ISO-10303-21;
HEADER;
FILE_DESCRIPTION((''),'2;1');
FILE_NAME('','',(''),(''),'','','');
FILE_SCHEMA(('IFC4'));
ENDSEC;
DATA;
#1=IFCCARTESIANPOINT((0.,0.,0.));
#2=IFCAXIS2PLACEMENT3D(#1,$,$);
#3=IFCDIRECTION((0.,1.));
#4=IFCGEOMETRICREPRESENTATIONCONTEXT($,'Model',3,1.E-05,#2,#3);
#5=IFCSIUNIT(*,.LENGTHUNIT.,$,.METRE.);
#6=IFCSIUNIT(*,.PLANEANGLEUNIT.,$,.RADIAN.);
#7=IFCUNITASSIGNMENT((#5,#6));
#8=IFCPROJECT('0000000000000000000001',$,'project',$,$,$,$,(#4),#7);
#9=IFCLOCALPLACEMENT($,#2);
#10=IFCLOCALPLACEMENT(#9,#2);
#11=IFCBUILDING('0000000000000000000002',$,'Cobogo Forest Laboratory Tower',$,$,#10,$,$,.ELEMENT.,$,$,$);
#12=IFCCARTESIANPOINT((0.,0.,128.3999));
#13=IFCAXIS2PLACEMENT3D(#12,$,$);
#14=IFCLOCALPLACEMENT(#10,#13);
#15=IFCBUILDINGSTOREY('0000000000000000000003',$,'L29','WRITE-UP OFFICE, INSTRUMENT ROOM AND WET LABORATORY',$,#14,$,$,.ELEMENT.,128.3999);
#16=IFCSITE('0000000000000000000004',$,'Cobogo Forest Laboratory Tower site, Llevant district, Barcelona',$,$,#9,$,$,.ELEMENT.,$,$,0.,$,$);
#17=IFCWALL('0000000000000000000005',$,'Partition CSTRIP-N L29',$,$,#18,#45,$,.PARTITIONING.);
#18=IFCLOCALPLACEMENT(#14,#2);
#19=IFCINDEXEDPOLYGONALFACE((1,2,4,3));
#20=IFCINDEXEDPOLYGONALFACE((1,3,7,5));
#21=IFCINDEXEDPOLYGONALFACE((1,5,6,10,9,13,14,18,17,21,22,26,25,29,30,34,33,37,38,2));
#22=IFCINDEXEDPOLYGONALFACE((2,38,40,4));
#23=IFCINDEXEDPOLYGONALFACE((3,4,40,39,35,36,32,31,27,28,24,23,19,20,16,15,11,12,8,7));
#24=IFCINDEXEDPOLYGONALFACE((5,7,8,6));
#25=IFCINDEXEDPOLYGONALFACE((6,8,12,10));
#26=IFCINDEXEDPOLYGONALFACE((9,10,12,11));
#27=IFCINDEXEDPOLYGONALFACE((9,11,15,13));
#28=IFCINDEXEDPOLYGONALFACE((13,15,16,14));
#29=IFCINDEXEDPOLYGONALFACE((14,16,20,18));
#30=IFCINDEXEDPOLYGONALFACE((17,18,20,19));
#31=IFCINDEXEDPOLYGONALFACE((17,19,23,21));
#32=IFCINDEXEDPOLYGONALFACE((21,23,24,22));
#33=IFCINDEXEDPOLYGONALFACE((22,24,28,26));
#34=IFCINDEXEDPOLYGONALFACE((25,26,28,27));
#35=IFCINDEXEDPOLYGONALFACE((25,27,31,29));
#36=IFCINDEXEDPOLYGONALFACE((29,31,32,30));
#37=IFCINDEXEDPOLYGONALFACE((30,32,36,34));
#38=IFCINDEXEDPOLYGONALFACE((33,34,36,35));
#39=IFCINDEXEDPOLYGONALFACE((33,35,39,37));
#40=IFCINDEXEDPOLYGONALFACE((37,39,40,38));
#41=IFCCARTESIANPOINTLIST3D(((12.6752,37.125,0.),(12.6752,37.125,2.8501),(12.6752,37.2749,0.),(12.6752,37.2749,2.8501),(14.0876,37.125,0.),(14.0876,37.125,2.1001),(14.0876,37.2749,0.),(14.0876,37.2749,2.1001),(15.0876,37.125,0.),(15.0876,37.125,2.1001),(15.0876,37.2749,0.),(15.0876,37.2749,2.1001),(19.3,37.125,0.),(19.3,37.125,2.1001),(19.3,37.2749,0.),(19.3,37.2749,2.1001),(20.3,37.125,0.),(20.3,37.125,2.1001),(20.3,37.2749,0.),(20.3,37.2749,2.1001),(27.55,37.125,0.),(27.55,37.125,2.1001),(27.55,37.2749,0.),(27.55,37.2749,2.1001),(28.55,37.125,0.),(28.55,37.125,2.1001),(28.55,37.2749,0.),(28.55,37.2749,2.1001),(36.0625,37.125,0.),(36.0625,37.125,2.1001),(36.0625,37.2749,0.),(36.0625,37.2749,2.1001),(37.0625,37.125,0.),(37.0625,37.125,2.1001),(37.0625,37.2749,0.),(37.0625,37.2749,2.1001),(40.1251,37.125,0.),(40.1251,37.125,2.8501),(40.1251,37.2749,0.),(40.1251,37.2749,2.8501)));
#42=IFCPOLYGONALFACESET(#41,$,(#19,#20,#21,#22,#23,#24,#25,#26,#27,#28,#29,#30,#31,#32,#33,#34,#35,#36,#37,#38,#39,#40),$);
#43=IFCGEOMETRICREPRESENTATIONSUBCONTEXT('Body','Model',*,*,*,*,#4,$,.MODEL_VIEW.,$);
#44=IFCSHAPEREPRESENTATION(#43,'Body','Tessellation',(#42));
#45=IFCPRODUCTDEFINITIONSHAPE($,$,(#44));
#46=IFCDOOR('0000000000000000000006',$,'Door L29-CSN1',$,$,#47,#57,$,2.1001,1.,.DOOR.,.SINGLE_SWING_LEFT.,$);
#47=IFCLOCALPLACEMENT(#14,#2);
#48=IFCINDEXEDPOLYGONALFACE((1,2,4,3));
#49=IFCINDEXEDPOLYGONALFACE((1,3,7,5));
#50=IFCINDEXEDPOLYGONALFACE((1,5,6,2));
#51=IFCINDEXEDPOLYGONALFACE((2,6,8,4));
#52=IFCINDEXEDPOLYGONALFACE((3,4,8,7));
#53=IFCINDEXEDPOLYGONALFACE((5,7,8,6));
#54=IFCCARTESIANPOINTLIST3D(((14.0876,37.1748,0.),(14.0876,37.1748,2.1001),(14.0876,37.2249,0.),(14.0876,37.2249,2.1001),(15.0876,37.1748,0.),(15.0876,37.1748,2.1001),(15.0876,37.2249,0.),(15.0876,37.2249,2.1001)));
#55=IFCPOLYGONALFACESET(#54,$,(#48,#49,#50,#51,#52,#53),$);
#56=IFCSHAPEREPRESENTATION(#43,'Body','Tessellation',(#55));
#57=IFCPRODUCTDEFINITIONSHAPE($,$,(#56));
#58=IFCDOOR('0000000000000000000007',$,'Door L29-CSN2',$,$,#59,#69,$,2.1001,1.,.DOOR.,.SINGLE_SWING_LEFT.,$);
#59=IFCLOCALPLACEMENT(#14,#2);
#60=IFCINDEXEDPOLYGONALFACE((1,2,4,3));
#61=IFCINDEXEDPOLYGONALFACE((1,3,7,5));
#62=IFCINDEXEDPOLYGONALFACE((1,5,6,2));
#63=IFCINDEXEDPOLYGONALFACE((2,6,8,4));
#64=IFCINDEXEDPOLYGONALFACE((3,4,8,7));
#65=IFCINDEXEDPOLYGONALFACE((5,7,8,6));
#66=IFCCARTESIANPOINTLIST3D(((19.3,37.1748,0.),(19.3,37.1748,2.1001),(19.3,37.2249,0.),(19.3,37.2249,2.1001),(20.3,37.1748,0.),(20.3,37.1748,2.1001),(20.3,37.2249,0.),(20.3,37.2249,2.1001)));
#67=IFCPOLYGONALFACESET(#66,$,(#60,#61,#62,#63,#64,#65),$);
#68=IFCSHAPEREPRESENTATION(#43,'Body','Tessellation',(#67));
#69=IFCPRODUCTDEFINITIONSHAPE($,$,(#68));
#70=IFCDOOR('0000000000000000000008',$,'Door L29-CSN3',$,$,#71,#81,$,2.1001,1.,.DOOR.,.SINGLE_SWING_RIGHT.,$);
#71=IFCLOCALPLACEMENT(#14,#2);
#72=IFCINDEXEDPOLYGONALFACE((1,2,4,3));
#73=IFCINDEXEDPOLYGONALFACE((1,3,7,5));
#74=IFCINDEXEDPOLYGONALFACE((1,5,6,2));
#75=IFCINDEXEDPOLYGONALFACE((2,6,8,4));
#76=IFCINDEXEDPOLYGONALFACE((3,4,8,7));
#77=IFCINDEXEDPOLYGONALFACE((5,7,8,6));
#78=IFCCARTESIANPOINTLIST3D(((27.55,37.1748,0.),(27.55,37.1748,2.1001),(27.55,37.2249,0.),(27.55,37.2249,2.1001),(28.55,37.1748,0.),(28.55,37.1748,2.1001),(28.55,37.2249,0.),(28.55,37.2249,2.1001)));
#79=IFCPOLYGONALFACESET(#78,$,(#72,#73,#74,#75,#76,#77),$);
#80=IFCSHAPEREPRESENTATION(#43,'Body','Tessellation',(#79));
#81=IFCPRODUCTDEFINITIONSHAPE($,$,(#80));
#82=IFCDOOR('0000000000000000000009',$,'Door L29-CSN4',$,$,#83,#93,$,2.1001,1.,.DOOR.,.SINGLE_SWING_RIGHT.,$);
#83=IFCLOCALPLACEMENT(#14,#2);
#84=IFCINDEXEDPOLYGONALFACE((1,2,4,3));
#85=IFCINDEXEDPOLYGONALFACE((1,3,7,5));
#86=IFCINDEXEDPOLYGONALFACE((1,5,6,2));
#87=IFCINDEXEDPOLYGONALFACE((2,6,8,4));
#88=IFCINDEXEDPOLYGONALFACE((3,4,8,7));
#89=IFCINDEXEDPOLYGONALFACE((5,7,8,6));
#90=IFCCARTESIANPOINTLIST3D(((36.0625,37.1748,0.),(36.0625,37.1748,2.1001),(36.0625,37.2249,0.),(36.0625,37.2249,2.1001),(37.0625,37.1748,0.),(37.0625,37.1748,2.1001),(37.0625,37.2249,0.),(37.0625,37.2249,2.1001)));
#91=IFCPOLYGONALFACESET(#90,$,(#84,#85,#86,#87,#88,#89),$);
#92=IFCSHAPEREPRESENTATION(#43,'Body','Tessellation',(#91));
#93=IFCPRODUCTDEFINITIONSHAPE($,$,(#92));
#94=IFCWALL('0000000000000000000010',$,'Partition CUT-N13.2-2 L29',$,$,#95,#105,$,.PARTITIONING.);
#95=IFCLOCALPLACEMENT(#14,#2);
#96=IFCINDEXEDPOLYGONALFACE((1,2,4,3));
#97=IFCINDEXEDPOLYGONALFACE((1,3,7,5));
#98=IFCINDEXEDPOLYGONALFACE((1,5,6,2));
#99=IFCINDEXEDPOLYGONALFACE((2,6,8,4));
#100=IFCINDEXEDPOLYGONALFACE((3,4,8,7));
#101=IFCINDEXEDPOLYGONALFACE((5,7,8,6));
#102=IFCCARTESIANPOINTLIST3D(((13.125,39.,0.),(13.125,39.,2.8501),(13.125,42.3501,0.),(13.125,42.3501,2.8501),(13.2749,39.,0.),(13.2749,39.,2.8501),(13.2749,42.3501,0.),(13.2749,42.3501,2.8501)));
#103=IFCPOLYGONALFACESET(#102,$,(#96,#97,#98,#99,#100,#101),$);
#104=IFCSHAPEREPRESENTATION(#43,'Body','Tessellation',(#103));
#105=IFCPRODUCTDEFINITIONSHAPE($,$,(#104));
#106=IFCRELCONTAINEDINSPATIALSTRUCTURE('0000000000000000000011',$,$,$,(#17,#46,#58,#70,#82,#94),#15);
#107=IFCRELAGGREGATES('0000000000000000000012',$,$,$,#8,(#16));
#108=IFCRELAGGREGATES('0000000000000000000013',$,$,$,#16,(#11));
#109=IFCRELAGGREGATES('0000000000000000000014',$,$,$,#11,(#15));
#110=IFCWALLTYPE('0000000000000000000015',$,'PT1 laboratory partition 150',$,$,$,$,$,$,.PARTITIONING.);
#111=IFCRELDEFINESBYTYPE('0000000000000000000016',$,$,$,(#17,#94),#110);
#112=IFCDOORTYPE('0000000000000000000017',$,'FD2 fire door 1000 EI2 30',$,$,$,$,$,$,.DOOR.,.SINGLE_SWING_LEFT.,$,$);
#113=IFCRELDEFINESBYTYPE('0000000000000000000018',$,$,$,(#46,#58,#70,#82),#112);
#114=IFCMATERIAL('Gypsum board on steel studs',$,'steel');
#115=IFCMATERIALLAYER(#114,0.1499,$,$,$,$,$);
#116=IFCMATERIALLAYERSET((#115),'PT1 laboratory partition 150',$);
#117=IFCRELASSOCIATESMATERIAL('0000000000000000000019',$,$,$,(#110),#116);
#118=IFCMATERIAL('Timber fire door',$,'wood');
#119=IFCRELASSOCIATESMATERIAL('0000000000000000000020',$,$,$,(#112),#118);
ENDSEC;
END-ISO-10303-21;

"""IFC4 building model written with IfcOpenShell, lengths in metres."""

from ifc_helpers import new_model, si_unit, direction, frame, frame_2d, origin, place, context, subcontext, project, spatial, rectangle, extrude, material, layer, layer_set, type_object, element, fill, save


model = new_model("IFC4")

# Units and contexts
model_context = context("Model", 3, precision=1e-05, world=origin(), true_north=direction((0.0, 1.0)))
body_context = subcontext(model_context, "Body", "Model", "MODEL_VIEW")
ifc_project = project(units=[si_unit("LENGTHUNIT", "METRE"), si_unit("PLANEANGLEUNIT", "RADIAN")], contexts=[model_context])

# Site, building, storey
site_placement = place(None, origin())
site = spatial("IfcSite", under=ifc_project, at=site_placement, Name="Cobogo Forest Laboratory Tower site, Llevant district, Barcelona", CompositionType="ELEMENT", RefElevation=0.0)
building_placement = place(site_placement, origin())
building = spatial("IfcBuilding", under=site, at=building_placement, Name="Cobogo Forest Laboratory Tower", CompositionType="ELEMENT")
storey_placement = place(building_placement, frame((0.0, 0.0, 128.3999)))
storey = spatial("IfcBuildingStorey", under=building, at=storey_placement, Name="L29", Description="WRITE-UP OFFICE, INSTRUMENT ROOM AND WET LABORATORY", CompositionType="ELEMENT", Elevation=128.3999)

# Wall, openings, doors
ifc_material_1 = material(Name="Gypsum board on steel studs", Category="steel")
ifc_layer_1 = layer(ifc_material_1, 0.1499)
ifc_layer_set_1 = layer_set([ifc_layer_1], Name="PT1 laboratory partition 150")
wall_type_1 = type_object("IfcWallType", Name="PT1 laboratory partition 150", PredefinedType="PARTITIONING", material=ifc_layer_set_1)
wall_1_placement = place(storey_placement, frame((12.675, 37.2, 0.0), z_axis=(0.0, 0.0, 1.0), x_axis=(1.0, 0.0, 0.0)))
wall_1 = element("IfcWall", 1, at=wall_1_placement, inside=storey, type_object=wall_type_1, Name="Partition CSTRIP-N L29", PredefinedType="PARTITIONING", context=body_context, shape_type="SweptSolid", body=[
    extrude(rectangle(XDim=27.45, YDim=0.1499, at=frame_2d((13.7251, 0.0))), origin(), (0.0, 0.0, 1.0), 2.8501),
])
opening_1_placement = place(wall_1_placement, frame((1.4126, 0.0, 0.0)))
opening_1 = element("IfcOpeningElement", 2, at=opening_1_placement, cuts=wall_1, PredefinedType="OPENING", context=body_context, shape_type="SweptSolid", body=[
    extrude(rectangle(XDim=1.0, YDim=2.1001, at=frame_2d((0.5, 1.05))), frame((0.0, 0.085, 0.0), z_axis=(0.0, -1.0, 0.0), x_axis=(1.0, 0.0, 0.0)), (0.0, 0.0, 1.0), 0.1699),
])
opening_2_placement = place(wall_1_placement, frame((6.625, 0.0, 0.0)))
opening_2 = element("IfcOpeningElement", 3, at=opening_2_placement, cuts=wall_1, PredefinedType="OPENING", context=body_context, shape_type="SweptSolid", body=[
    extrude(rectangle(XDim=1.0, YDim=2.1001, at=frame_2d((0.5, 1.05))), frame((0.0, 0.085, 0.0), z_axis=(0.0, -1.0, 0.0), x_axis=(1.0, 0.0, 0.0)), (0.0, 0.0, 1.0), 0.1699),
])
opening_3_placement = place(wall_1_placement, frame((14.875, 0.0, 0.0)))
opening_3 = element("IfcOpeningElement", 4, at=opening_3_placement, cuts=wall_1, PredefinedType="OPENING", context=body_context, shape_type="SweptSolid", body=[
    extrude(rectangle(XDim=1.0, YDim=2.1001, at=frame_2d((0.5, 1.05))), frame((0.0, 0.085, 0.0), z_axis=(0.0, -1.0, 0.0), x_axis=(1.0, 0.0, 0.0)), (0.0, 0.0, 1.0), 0.1699),
])
opening_4_placement = place(wall_1_placement, frame((23.3875, 0.0, 0.0)))
opening_4 = element("IfcOpeningElement", 5, at=opening_4_placement, cuts=wall_1, PredefinedType="OPENING", context=body_context, shape_type="SweptSolid", body=[
    extrude(rectangle(XDim=1.0, YDim=2.1001, at=frame_2d((0.5, 1.05))), frame((0.0, 0.085, 0.0), z_axis=(0.0, -1.0, 0.0), x_axis=(1.0, 0.0, 0.0)), (0.0, 0.0, 1.0), 0.1699),
])
ifc_material_2 = material(Name="Timber fire door", Category="wood")
door_type_1 = type_object("IfcDoorType", Name="FD2 fire door 1000 EI2 30", OperationType="SINGLE_SWING_LEFT", PredefinedType="DOOR", material=ifc_material_2)
door_1_placement = place(opening_1_placement, origin())
door_1 = element("IfcDoor", 6, at=door_1_placement, inside=storey, type_object=door_type_1, Name="Door L29-CSN1", OperationType="SINGLE_SWING_LEFT", OverallHeight=2.1001, OverallWidth=1.0, PredefinedType="DOOR", context=body_context, shape_type="SweptSolid", body=[
    extrude(rectangle(XDim=1.0, YDim=2.1001, at=frame_2d((0.5, 1.05))), frame((0.0, 0.0249, 0.0), z_axis=(0.0, -1.0, 0.0), x_axis=(1.0, 0.0, 0.0)), (0.0, 0.0, 1.0), 0.05),
])
fill(opening_1, door_1)
door_2_placement = place(opening_2_placement, origin())
door_2 = element("IfcDoor", 7, at=door_2_placement, inside=storey, type_object=door_type_1, Name="Door L29-CSN2", OperationType="SINGLE_SWING_LEFT", OverallHeight=2.1001, OverallWidth=1.0, PredefinedType="DOOR", context=body_context, shape_type="SweptSolid", body=[
    extrude(rectangle(XDim=1.0, YDim=2.1001, at=frame_2d((0.5, 1.05))), frame((0.0, 0.0249, 0.0), z_axis=(0.0, -1.0, 0.0), x_axis=(1.0, 0.0, 0.0)), (0.0, 0.0, 1.0), 0.05),
])
fill(opening_2, door_2)
door_3_placement = place(opening_3_placement, origin())
door_3 = element("IfcDoor", 8, at=door_3_placement, inside=storey, type_object=door_type_1, Name="Door L29-CSN3", OperationType="SINGLE_SWING_RIGHT", OverallHeight=2.1001, OverallWidth=1.0, PredefinedType="DOOR", context=body_context, shape_type="SweptSolid", body=[
    extrude(rectangle(XDim=1.0, YDim=2.1001, at=frame_2d((0.5, 1.05))), frame((0.0, 0.0249, 0.0), z_axis=(0.0, -1.0, 0.0), x_axis=(1.0, 0.0, 0.0)), (0.0, 0.0, 1.0), 0.05),
])
fill(opening_3, door_3)
door_4_placement = place(opening_4_placement, origin())
door_4 = element("IfcDoor", 9, at=door_4_placement, inside=storey, type_object=door_type_1, Name="Door L29-CSN4", OperationType="SINGLE_SWING_RIGHT", OverallHeight=2.1001, OverallWidth=1.0, PredefinedType="DOOR", context=body_context, shape_type="SweptSolid", body=[
    extrude(rectangle(XDim=1.0, YDim=2.1001, at=frame_2d((0.5, 1.05))), frame((0.0, 0.0249, 0.0), z_axis=(0.0, -1.0, 0.0), x_axis=(1.0, 0.0, 0.0)), (0.0, 0.0, 1.0), 0.05),
])
fill(opening_4, door_4)

# Wall
wall_2_placement = place(storey_placement, frame((13.2, 42.3501, 0.0), z_axis=(0.0, 0.0, 1.0), x_axis=(0.0, -1.0, 0.0)))
element("IfcWall", 10, at=wall_2_placement, inside=storey, type_object=wall_type_1, Name="Partition CUT-N13.2-2 L29", PredefinedType="PARTITIONING", context=body_context, shape_type="SweptSolid", body=[
    extrude(rectangle(XDim=3.3501, YDim=0.1499, at=frame_2d((1.675, 0.0))), origin(), (0.0, 0.0, 1.0), 2.8501),
])

save(model, "model.ifc")
